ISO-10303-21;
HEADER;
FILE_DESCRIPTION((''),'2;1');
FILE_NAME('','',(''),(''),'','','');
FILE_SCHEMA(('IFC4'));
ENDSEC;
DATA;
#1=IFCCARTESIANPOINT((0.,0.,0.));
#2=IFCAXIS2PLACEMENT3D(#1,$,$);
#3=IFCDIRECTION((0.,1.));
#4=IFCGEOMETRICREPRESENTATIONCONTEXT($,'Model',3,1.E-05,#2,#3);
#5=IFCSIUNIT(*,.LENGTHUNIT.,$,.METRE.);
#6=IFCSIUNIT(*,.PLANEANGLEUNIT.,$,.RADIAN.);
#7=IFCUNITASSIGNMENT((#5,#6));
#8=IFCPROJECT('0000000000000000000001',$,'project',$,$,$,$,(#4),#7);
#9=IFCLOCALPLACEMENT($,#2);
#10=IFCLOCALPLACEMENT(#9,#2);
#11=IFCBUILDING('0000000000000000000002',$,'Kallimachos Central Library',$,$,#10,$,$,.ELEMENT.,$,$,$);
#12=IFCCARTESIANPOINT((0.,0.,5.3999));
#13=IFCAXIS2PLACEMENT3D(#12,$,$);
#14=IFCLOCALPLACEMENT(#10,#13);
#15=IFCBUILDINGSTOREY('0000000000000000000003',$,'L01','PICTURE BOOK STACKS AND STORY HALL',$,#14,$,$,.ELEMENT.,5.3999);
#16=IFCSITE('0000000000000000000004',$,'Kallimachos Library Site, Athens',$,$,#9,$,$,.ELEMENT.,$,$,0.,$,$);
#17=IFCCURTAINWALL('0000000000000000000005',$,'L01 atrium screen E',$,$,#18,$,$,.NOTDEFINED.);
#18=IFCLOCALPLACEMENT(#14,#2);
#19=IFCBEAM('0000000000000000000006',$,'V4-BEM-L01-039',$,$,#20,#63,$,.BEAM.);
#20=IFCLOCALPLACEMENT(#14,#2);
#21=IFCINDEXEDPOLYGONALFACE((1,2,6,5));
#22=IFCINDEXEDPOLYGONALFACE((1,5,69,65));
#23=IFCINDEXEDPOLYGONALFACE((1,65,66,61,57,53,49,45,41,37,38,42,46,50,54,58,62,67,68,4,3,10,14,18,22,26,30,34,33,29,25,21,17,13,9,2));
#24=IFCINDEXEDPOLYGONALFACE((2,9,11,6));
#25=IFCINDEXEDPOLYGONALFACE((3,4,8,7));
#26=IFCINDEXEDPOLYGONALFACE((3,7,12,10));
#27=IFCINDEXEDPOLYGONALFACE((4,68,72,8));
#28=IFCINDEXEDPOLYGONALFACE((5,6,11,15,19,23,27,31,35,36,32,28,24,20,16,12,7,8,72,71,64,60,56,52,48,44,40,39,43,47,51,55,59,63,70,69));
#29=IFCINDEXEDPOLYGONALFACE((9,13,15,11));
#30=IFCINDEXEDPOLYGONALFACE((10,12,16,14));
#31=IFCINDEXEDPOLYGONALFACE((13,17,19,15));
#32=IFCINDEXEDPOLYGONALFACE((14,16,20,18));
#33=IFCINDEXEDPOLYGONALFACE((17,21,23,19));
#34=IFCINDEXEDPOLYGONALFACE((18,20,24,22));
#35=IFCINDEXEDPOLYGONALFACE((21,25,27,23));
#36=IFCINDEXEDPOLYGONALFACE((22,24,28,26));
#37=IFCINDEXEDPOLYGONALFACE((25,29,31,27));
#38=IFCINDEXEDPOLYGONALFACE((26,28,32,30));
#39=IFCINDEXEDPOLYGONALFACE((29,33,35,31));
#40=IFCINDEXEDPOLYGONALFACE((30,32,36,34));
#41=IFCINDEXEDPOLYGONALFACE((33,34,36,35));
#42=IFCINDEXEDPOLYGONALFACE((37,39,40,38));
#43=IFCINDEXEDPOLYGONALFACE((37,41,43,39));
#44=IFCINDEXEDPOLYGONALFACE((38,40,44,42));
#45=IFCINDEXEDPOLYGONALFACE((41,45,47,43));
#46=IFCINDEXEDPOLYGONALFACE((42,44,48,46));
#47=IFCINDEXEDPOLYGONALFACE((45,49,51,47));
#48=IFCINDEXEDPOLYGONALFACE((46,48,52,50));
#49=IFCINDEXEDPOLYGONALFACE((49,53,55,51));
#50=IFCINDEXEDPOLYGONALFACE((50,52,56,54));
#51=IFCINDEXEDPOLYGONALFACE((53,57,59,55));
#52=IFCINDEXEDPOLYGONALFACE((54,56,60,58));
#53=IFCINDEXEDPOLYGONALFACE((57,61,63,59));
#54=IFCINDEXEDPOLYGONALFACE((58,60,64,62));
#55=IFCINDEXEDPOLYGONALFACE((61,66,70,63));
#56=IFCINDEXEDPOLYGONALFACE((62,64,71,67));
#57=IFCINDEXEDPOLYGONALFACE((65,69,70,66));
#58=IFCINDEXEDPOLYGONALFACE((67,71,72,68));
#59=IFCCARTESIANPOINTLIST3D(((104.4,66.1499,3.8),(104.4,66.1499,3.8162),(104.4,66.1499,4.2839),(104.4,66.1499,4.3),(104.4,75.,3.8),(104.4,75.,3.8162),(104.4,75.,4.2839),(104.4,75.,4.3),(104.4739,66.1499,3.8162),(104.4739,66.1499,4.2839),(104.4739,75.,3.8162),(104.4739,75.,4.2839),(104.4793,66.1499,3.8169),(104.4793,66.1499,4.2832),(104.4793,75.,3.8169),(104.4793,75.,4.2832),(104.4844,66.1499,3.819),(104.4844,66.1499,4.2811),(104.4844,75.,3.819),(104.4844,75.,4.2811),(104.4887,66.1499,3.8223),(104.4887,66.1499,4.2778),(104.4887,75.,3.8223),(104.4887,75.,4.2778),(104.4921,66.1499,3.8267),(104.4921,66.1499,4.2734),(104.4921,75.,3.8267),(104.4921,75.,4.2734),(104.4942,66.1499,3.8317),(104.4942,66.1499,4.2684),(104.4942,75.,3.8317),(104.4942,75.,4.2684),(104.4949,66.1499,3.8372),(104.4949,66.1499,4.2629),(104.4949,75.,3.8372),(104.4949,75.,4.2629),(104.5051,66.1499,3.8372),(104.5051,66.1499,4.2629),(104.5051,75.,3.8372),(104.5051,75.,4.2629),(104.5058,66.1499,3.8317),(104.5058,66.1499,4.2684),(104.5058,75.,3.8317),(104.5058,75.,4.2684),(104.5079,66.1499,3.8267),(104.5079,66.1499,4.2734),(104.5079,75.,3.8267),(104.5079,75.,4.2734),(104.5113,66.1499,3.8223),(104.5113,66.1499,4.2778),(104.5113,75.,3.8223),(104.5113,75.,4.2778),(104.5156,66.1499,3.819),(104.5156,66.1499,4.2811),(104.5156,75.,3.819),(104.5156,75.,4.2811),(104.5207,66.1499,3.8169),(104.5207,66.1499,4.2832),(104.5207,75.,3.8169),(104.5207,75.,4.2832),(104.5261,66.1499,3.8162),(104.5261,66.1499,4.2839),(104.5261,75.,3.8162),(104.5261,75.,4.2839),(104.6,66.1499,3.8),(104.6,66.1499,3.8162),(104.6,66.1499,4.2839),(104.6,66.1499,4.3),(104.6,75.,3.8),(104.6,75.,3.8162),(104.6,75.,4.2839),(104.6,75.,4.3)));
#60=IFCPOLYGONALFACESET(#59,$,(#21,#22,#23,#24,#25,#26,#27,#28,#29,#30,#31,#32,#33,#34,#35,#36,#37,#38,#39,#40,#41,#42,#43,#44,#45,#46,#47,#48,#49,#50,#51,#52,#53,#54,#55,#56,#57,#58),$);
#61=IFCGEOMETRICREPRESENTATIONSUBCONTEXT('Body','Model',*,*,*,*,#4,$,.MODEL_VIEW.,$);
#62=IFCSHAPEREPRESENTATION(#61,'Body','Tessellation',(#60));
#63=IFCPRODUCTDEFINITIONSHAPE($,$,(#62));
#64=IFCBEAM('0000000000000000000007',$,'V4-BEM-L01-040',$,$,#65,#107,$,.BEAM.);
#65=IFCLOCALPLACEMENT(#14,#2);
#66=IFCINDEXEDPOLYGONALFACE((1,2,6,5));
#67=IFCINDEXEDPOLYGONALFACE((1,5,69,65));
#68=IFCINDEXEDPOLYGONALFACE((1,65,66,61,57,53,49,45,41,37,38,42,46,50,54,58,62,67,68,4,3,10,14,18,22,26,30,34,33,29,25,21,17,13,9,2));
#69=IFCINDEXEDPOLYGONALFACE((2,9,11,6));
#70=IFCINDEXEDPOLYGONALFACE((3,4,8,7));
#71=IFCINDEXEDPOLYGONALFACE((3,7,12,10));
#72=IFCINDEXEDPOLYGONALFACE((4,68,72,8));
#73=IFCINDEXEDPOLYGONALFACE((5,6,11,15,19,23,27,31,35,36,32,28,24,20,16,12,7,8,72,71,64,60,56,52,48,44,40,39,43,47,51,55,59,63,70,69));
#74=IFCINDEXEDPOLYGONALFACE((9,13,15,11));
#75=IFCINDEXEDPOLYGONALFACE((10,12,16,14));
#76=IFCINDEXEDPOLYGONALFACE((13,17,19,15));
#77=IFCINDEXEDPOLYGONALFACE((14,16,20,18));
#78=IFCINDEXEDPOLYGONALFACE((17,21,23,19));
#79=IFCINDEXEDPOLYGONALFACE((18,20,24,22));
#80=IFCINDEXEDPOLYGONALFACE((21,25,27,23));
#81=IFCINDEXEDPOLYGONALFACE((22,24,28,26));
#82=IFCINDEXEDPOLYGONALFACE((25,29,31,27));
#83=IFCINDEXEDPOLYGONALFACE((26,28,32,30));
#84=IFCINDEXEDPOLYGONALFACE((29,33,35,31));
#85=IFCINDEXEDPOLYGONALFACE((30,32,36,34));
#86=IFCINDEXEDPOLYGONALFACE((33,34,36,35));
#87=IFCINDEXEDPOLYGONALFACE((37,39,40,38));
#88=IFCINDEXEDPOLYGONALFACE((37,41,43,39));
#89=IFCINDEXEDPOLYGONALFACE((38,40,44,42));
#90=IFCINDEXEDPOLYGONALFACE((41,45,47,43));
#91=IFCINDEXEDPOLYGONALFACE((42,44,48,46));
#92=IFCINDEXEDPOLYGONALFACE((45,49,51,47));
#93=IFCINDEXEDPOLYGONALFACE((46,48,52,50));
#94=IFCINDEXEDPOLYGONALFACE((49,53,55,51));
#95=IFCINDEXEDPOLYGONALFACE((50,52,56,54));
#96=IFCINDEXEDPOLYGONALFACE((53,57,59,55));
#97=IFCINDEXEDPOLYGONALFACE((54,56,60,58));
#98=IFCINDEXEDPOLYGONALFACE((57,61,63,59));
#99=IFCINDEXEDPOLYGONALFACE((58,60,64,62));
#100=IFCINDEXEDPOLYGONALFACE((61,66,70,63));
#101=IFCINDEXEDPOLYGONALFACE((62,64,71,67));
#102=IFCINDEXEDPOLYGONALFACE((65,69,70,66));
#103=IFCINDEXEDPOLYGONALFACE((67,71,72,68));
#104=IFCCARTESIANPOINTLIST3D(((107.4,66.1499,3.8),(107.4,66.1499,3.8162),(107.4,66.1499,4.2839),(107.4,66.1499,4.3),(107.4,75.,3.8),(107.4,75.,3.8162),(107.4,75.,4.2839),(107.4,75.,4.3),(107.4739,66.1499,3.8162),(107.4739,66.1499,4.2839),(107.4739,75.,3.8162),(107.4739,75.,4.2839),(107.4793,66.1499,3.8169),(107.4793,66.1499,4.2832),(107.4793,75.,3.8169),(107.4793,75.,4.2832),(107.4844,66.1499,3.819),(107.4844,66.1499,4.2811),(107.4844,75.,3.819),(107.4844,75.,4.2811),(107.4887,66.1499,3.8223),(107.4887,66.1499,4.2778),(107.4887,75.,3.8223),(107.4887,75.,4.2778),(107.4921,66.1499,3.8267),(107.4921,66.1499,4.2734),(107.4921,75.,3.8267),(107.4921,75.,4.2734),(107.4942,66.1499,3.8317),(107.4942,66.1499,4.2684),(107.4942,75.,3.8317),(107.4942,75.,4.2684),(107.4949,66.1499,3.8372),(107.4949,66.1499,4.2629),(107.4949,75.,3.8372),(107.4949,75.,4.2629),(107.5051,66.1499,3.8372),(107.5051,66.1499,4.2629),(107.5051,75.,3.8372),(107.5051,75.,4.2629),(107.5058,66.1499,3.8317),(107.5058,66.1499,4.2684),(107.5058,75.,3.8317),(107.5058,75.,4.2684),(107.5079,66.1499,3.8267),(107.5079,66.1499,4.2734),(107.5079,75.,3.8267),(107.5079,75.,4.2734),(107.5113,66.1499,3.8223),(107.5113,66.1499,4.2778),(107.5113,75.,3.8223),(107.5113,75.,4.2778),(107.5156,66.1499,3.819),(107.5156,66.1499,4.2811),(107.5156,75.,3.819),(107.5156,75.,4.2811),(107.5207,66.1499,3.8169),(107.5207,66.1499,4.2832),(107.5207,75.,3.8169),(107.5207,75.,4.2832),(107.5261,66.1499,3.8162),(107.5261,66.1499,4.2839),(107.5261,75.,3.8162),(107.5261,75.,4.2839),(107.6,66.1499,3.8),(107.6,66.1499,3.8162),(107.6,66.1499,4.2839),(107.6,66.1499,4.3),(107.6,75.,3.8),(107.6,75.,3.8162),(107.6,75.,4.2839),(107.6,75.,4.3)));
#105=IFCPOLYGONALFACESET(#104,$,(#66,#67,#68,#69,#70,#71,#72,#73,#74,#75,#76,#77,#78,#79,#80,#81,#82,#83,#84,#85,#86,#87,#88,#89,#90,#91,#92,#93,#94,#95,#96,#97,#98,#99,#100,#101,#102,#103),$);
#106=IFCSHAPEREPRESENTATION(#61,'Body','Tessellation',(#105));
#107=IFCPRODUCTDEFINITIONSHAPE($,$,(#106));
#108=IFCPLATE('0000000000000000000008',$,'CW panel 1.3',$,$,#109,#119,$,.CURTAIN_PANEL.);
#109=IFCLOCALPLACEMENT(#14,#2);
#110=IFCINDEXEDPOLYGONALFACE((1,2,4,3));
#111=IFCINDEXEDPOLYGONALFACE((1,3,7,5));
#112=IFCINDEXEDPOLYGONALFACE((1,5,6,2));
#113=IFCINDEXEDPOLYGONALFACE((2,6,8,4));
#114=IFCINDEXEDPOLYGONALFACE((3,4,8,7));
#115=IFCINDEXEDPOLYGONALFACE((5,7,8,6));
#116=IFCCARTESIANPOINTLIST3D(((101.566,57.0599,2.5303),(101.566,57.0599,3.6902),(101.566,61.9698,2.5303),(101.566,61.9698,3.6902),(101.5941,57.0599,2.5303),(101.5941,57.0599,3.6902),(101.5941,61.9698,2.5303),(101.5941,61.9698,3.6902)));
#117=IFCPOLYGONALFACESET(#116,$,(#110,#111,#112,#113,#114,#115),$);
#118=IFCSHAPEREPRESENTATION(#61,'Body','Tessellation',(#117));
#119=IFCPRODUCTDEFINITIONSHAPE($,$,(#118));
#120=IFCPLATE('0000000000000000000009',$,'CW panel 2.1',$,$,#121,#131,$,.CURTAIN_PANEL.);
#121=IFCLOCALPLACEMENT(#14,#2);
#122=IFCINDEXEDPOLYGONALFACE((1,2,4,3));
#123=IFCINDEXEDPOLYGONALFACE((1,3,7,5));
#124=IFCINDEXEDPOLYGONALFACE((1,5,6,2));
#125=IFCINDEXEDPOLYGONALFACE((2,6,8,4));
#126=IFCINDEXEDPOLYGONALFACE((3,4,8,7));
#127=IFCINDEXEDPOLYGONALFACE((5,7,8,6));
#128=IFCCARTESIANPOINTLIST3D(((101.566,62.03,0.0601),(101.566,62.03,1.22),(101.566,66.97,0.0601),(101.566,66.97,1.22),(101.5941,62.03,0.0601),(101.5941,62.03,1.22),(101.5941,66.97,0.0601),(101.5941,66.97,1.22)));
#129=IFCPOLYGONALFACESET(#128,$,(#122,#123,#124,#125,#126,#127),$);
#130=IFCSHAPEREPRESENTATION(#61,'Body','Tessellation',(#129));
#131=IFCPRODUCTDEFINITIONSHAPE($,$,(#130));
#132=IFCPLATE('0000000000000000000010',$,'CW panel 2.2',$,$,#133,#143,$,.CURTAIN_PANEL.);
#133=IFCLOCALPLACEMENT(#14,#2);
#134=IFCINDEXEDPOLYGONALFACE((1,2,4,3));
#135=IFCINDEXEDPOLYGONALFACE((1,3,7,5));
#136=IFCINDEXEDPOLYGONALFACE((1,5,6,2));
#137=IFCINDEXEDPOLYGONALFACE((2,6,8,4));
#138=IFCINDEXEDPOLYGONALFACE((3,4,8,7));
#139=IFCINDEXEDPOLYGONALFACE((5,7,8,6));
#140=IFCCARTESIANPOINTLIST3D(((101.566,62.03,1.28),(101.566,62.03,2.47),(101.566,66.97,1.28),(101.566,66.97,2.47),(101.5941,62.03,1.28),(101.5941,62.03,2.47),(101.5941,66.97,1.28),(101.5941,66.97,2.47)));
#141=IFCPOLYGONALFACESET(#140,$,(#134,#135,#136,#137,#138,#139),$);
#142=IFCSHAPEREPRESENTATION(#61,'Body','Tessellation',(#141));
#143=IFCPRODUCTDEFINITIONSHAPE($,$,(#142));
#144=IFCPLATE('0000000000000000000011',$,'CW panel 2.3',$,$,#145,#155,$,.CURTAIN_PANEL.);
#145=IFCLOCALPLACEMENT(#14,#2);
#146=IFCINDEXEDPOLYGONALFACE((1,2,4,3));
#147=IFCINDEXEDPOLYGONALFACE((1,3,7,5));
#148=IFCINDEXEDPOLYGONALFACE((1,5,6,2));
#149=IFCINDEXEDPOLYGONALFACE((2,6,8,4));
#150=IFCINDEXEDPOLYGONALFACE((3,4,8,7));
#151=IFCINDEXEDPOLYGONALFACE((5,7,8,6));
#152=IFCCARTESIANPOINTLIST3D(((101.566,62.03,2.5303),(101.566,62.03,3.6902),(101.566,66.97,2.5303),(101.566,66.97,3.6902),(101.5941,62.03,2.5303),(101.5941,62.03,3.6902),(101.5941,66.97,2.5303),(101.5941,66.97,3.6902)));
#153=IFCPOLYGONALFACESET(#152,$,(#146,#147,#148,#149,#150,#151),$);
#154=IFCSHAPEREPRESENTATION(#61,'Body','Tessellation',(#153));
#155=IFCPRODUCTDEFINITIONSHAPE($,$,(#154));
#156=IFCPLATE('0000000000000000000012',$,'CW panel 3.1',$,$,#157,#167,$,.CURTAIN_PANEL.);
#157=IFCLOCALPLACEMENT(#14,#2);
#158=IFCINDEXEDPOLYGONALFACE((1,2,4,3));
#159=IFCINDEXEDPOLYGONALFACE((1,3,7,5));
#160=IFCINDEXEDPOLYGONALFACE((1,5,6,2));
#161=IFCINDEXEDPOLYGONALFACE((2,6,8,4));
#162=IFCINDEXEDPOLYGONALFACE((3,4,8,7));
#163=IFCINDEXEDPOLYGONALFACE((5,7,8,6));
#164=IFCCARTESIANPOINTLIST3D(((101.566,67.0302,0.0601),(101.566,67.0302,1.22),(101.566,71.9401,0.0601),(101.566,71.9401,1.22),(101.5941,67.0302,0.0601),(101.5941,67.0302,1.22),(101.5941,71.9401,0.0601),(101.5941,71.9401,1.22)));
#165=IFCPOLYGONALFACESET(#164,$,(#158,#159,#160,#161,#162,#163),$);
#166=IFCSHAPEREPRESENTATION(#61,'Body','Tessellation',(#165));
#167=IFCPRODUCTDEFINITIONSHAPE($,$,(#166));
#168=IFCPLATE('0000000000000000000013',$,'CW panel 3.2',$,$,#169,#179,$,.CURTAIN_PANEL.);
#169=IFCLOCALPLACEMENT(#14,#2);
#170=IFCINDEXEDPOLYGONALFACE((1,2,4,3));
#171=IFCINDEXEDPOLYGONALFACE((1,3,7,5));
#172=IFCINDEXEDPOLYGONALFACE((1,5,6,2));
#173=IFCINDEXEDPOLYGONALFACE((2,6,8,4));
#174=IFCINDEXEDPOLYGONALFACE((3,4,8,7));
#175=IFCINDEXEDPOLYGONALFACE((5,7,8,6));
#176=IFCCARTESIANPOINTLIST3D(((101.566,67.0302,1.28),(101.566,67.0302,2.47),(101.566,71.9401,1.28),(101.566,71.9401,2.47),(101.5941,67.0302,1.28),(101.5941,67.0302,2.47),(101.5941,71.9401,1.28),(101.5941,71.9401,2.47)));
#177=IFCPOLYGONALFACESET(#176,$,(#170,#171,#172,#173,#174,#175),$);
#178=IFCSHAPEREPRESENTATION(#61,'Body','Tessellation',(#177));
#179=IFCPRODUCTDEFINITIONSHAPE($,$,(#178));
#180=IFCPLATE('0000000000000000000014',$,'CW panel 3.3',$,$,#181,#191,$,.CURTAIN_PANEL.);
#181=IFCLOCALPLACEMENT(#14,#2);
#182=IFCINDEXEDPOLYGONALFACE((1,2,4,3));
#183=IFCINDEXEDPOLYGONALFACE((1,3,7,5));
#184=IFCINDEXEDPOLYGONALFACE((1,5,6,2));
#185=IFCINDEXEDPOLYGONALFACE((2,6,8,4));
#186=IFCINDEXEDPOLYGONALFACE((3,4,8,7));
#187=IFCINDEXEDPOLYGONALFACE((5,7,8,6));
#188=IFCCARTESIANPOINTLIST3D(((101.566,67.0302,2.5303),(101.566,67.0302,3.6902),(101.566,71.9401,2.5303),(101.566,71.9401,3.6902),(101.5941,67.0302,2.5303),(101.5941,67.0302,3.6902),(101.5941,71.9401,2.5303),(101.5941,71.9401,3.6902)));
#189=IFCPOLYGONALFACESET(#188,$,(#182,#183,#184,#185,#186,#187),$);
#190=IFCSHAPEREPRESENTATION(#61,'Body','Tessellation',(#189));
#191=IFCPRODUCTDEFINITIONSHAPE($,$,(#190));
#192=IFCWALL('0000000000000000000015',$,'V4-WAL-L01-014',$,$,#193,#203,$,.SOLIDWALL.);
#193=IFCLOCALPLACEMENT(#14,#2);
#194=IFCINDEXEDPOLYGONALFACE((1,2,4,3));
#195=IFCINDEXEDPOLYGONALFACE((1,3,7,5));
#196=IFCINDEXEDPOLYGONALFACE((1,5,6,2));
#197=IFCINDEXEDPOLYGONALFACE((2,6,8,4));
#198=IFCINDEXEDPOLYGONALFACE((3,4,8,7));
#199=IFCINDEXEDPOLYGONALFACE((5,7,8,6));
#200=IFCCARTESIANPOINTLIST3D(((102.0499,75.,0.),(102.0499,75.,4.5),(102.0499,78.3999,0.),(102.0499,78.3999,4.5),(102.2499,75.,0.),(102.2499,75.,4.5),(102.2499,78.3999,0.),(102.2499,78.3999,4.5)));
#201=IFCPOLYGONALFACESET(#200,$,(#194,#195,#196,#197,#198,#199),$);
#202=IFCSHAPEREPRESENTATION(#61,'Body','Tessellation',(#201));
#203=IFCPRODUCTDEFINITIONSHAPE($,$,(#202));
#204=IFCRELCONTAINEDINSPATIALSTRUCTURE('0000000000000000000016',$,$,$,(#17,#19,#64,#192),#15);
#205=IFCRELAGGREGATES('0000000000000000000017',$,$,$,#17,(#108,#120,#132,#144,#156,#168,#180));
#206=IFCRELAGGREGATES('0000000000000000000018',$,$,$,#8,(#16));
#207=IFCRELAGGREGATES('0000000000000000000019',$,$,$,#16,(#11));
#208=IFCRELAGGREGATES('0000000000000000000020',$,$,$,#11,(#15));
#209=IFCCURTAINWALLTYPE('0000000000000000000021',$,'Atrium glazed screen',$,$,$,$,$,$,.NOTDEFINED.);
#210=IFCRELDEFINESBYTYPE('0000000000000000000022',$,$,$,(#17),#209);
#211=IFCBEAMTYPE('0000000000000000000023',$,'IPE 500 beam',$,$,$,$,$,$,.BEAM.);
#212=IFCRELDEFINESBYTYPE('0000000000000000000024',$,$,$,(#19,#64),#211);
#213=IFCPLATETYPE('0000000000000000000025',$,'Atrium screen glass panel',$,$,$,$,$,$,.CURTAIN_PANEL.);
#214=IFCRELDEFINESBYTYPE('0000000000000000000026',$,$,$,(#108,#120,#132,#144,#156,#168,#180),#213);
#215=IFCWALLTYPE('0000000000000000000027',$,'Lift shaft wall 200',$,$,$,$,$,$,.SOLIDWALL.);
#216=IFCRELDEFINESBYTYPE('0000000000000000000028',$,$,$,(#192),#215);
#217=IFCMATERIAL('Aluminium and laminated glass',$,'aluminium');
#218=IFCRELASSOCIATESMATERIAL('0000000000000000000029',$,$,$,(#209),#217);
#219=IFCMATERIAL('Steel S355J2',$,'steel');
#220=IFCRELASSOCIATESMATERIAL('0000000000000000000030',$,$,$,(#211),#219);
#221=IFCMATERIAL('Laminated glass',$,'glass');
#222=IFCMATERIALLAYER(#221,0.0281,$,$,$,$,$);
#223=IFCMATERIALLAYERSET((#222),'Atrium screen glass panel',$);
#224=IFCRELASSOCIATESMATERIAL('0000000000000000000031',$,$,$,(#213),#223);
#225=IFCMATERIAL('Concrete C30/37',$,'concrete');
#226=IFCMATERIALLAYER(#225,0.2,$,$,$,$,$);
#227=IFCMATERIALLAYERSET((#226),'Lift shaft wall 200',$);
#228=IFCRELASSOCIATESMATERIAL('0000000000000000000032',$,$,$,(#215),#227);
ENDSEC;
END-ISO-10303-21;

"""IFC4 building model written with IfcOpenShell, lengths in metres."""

from ifc_helpers import new_model, si_unit, direction, frame, frame_2d, origin, origin_2d, place, context, subcontext, project, spatial, rectangle, i_section, extrude, material, layer, layer_set, material_profile, profile_set, type_object, element, aggregate, save


model = new_model("IFC4")

# Units and contexts
model_context = context("Model", 3, precision=1e-05, world=origin(), true_north=direction((0.0, 1.0)))
body_context = subcontext(model_context, "Body", "Model", "MODEL_VIEW")
ifc_project = project(units=[si_unit("LENGTHUNIT", "METRE"), si_unit("PLANEANGLEUNIT", "RADIAN")], contexts=[model_context])

# Site, building, storey
site_placement = place(None, origin())
site = spatial("IfcSite", under=ifc_project, at=site_placement, Name="Kallimachos Library Site, Athens", CompositionType="ELEMENT", RefElevation=0.0)
building_placement = place(site_placement, origin())
building = spatial("IfcBuilding", under=site, at=building_placement, Name="Kallimachos Central Library", CompositionType="ELEMENT")
storey_placement = place(building_placement, frame((0.0, 0.0, 5.3999)))
storey = spatial("IfcBuildingStorey", under=building, at=storey_placement, Name="L01", Description="PICTURE BOOK STACKS AND STORY HALL", CompositionType="ELEMENT", Elevation=5.3999)

# Curtain wall
ifc_material_1 = material(Name="Aluminium and laminated glass", Category="aluminium")
curtain_wall_type = type_object("IfcCurtainWallType", Name="Atrium glazed screen", PredefinedType="NOTDEFINED", material=ifc_material_1)
curtain_wall_placement = place(storey_placement, origin())
curtain_wall = element("IfcCurtainWall", 1, at=curtain_wall_placement, inside=storey, type_object=curtain_wall_type, Name="L01 atrium screen E", PredefinedType="NOTDEFINED")

# Beams
ifc_material_2 = material(Name="Steel S355J2", Category="steel")
ifc_material_profile_1 = material_profile(ifc_material_2, i_section(OverallWidth=0.2, OverallDepth=0.5, WebThickness=0.0103, FlangeThickness=0.0161, FilletRadius=0.021, at=origin_2d()), Name="IPE 500")
ifc_profile_set_1 = profile_set([ifc_material_profile_1], Name="Steel S355J2")
beam_type = type_object("IfcBeamType", Name="IPE 500 beam", PredefinedType="BEAM", material=ifc_profile_set_1)
for number, where, z_axis, x_axis, name in (
    (2, (104.5, 66.1499, 4.05), (0.0, 1.0, 0.0), (-1.0, 0.0, 0.0), "V4-BEM-L01-039"),
    (3, (107.5, 66.1499, 4.05), (0.0, 1.0, 0.0), (-1.0, 0.0, 0.0), "V4-BEM-L01-040"),
):
    element("IfcBeam", number, at=place(storey_placement, frame(where, z_axis=z_axis, x_axis=x_axis)), inside=storey, type_object=beam_type, Name=name, PredefinedType="BEAM", context=body_context, shape_type="SweptSolid", body=[
        extrude(i_section(OverallWidth=0.2, OverallDepth=0.5, WebThickness=0.0103, FlangeThickness=0.0161, FilletRadius=0.021, at=origin_2d()), origin(), (0.0, 0.0, 1.0), 8.8501),
    ])

# Plates
ifc_material_3 = material(Name="Laminated glass", Category="glass")
ifc_layer_1 = layer(ifc_material_3, 0.0281)
ifc_layer_set_1 = layer_set([ifc_layer_1], Name="Atrium screen glass panel")
plate_type = type_object("IfcPlateType", Name="Atrium screen glass panel", PredefinedType="CURTAIN_PANEL", material=ifc_layer_set_1)
plate_1_placement = place(storey_placement, frame((101.5801, 59.5149, 2.5303), z_axis=(0.0, 0.0, 1.0), x_axis=(0.0, 1.0, 0.0)))
plate_1 = element("IfcPlate", 4, at=plate_1_placement, type_object=plate_type, Name="CW panel 1.3", PredefinedType="CURTAIN_PANEL", context=body_context, shape_type="SweptSolid", body=[
    extrude(rectangle(XDim=4.9099, YDim=0.0281, at=origin_2d()), origin(), (0.0, 0.0, 1.0), 1.1599),
])
plate_2_placement = place(storey_placement, frame((101.5801, 64.5, 0.0601), z_axis=(0.0, 0.0, 1.0), x_axis=(0.0, 1.0, 0.0)))
plate_2 = element("IfcPlate", 5, at=plate_2_placement, type_object=plate_type, Name="CW panel 2.1", PredefinedType="CURTAIN_PANEL", context=body_context, shape_type="SweptSolid", body=[
    extrude(rectangle(XDim=4.9399, YDim=0.0281, at=origin_2d()), origin(), (0.0, 0.0, 1.0), 1.1599),
])
plate_3_placement = place(storey_placement, frame((101.5801, 64.5, 1.28), z_axis=(0.0, 0.0, 1.0), x_axis=(0.0, 1.0, 0.0)))
plate_3 = element("IfcPlate", 6, at=plate_3_placement, type_object=plate_type, Name="CW panel 2.2", PredefinedType="CURTAIN_PANEL", context=body_context, shape_type="SweptSolid", body=[
    extrude(rectangle(XDim=4.9399, YDim=0.0281, at=origin_2d()), origin(), (0.0, 0.0, 1.0), 1.1899),
])
plate_4_placement = place(storey_placement, frame((101.5801, 64.5, 2.5303), z_axis=(0.0, 0.0, 1.0), x_axis=(0.0, 1.0, 0.0)))
plate_4 = element("IfcPlate", 7, at=plate_4_placement, type_object=plate_type, Name="CW panel 2.3", PredefinedType="CURTAIN_PANEL", context=body_context, shape_type="SweptSolid", body=[
    extrude(rectangle(XDim=4.9399, YDim=0.0281, at=origin_2d()), origin(), (0.0, 0.0, 1.0), 1.1599),
])
plate_5_placement = place(storey_placement, frame((101.5801, 69.4851, 0.0601), z_axis=(0.0, 0.0, 1.0), x_axis=(0.0, 1.0, 0.0)))
plate_5 = element("IfcPlate", 8, at=plate_5_placement, type_object=plate_type, Name="CW panel 3.1", PredefinedType="CURTAIN_PANEL", context=body_context, shape_type="SweptSolid", body=[
    extrude(rectangle(XDim=4.9099, YDim=0.0281, at=origin_2d()), origin(), (0.0, 0.0, 1.0), 1.1599),
])
plate_6_placement = place(storey_placement, frame((101.5801, 69.4851, 1.28), z_axis=(0.0, 0.0, 1.0), x_axis=(0.0, 1.0, 0.0)))
plate_6 = element("IfcPlate", 9, at=plate_6_placement, type_object=plate_type, Name="CW panel 3.2", PredefinedType="CURTAIN_PANEL", context=body_context, shape_type="SweptSolid", body=[
    extrude(rectangle(XDim=4.9099, YDim=0.0281, at=origin_2d()), origin(), (0.0, 0.0, 1.0), 1.1899),
])
plate_7_placement = place(storey_placement, frame((101.5801, 69.4851, 2.5303), z_axis=(0.0, 0.0, 1.0), x_axis=(0.0, 1.0, 0.0)))
plate_7 = element("IfcPlate", 10, at=plate_7_placement, type_object=plate_type, Name="CW panel 3.3", PredefinedType="CURTAIN_PANEL", context=body_context, shape_type="SweptSolid", body=[
    extrude(rectangle(XDim=4.9099, YDim=0.0281, at=origin_2d()), origin(), (0.0, 0.0, 1.0), 1.1599),
])
aggregate(curtain_wall, [plate_1, plate_2, plate_3, plate_4, plate_5, plate_6, plate_7])

# Wall
ifc_material_4 = material(Name="Concrete C30/37", Category="concrete")
ifc_layer_2 = layer(ifc_material_4, 0.2)
ifc_layer_set_2 = layer_set([ifc_layer_2], Name="Lift shaft wall 200")
wall_type = type_object("IfcWallType", Name="Lift shaft wall 200", PredefinedType="SOLIDWALL", material=ifc_layer_set_2)
wall_placement = place(storey_placement, frame((102.1499, 75.0, 0.0), z_axis=(0.0, 0.0, 1.0), x_axis=(0.0, 1.0, 0.0)))
element("IfcWall", 11, at=wall_placement, inside=storey, type_object=wall_type, Name="V4-WAL-L01-014", PredefinedType="SOLIDWALL", context=body_context, shape_type="SweptSolid", body=[
    extrude(rectangle(XDim=3.3999, YDim=0.2, at=frame_2d((1.7, 0.0))), origin(), (0.0, 0.0, 1.0), 4.5),
])

save(model, "model.ifc")
